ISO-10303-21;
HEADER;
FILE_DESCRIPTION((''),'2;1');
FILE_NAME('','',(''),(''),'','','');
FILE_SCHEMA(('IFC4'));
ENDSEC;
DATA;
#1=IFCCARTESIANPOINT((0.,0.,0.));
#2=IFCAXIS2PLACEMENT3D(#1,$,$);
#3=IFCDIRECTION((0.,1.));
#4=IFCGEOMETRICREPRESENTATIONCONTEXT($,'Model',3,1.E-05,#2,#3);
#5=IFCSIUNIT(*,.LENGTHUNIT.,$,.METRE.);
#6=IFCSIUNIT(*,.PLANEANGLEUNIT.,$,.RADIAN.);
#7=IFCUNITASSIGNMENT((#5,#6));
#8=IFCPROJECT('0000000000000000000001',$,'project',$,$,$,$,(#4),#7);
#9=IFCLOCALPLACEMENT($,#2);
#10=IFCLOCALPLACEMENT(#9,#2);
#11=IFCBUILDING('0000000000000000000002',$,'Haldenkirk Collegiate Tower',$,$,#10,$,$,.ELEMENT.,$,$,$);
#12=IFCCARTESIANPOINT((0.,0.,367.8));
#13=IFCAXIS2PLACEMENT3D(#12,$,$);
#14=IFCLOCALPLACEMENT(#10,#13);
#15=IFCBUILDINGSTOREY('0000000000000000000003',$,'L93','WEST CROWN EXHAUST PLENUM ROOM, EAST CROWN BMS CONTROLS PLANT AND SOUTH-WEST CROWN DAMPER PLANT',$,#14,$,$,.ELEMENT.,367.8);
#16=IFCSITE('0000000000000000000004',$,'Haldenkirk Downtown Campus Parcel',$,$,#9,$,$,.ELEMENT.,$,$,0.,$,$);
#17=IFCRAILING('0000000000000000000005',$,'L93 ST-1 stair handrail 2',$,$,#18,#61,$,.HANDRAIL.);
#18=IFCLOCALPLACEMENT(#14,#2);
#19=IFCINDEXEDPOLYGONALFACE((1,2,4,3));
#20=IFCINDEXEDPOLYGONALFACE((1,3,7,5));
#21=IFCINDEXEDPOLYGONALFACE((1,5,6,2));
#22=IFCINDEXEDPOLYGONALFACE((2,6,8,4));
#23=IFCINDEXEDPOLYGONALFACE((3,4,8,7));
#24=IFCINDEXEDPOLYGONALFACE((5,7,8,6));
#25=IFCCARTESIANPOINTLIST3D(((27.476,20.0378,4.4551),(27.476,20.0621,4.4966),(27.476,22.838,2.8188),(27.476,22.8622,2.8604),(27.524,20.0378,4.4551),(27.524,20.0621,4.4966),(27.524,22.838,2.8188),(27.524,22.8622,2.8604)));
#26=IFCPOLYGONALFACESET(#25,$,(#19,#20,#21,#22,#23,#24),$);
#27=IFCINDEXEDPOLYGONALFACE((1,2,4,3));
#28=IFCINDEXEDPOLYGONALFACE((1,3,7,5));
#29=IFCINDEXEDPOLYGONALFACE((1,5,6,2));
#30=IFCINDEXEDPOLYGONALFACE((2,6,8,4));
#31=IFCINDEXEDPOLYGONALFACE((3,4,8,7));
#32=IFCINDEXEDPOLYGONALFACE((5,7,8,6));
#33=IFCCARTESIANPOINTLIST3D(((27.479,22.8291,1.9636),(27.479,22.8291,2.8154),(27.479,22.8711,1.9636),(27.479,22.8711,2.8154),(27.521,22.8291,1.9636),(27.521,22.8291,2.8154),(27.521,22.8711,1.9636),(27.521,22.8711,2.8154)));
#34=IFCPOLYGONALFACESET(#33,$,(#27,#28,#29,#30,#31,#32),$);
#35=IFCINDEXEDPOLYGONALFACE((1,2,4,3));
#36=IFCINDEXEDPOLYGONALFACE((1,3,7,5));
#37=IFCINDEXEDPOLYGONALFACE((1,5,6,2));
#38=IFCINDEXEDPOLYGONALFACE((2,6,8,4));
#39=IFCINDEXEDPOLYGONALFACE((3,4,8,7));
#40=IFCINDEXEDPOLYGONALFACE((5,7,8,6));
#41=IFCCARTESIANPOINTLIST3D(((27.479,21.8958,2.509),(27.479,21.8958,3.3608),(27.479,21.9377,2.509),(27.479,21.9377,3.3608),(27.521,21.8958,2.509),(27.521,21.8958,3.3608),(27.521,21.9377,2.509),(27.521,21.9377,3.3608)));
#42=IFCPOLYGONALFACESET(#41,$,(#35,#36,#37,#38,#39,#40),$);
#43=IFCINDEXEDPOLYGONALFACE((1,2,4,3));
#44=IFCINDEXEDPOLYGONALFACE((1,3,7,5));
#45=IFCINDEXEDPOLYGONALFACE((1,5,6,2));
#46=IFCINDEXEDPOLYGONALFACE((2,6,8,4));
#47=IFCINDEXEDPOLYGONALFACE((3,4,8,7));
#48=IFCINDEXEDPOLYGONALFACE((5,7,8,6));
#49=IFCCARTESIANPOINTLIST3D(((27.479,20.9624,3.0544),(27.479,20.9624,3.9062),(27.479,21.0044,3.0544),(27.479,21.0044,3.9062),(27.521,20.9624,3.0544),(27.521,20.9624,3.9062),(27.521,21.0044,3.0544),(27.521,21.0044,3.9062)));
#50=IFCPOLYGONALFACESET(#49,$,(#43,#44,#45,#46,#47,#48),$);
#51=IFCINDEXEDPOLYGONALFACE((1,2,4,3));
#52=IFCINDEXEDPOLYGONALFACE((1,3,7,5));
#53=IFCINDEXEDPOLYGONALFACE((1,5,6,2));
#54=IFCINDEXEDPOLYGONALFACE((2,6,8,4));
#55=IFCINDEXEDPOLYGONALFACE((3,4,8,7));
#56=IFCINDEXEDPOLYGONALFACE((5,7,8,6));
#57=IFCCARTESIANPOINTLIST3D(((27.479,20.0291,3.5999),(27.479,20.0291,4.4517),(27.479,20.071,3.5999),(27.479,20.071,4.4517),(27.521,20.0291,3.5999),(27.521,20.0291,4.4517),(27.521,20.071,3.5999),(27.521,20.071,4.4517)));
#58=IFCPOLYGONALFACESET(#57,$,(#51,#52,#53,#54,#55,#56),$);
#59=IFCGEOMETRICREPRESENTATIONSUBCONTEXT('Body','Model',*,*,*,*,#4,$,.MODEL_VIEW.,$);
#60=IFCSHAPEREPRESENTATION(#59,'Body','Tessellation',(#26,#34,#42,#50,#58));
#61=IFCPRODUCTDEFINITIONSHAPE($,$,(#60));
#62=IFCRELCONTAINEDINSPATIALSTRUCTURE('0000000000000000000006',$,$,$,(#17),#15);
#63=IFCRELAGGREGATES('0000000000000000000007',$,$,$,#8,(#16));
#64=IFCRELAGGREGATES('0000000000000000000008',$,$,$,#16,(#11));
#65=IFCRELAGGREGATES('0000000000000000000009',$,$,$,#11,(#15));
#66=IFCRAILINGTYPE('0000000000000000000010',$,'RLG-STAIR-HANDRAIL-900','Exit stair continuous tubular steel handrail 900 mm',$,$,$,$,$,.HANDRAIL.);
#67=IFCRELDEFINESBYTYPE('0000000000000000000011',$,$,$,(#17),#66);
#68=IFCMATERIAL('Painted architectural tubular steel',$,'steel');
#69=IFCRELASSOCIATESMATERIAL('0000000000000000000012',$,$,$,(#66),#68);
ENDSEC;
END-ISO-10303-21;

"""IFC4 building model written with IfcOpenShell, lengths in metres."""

from ifc_helpers import new_model, si_unit, direction, frame, origin, origin_2d, place, context, subcontext, project, spatial, rectangle, extrude, material, type_object, element, save


model = new_model("IFC4")

# Units and contexts
model_context = context("Model", 3, precision=1e-05, world=origin(), true_north=direction((0.0, 1.0)))
body_context = subcontext(model_context, "Body", "Model", "MODEL_VIEW")
ifc_project = project(units=[si_unit("LENGTHUNIT", "METRE"), si_unit("PLANEANGLEUNIT", "RADIAN")], contexts=[model_context])

# Site, building, storey
site_placement = place(None, origin())
site = spatial("IfcSite", under=ifc_project, at=site_placement, Name="Haldenkirk Downtown Campus Parcel", CompositionType="ELEMENT", RefElevation=0.0)
building_placement = place(site_placement, origin())
building = spatial("IfcBuilding", under=site, at=building_placement, Name="Haldenkirk Collegiate Tower", CompositionType="ELEMENT")
storey_placement = place(building_placement, frame((0.0, 0.0, 367.8)))
storey = spatial("IfcBuildingStorey", under=building, at=storey_placement, Name="L93", Description="WEST CROWN EXHAUST PLENUM ROOM, EAST CROWN BMS CONTROLS PLANT AND SOUTH-WEST CROWN DAMPER PLANT", CompositionType="ELEMENT", Elevation=367.8)

# Railing
ifc_material_1 = material(Name="Painted architectural tubular steel", Category="steel")
railing_type_1 = type_object("IfcRailingType", Name="RLG-STAIR-HANDRAIL-900", Description="Exit stair continuous tubular steel handrail 900 mm", PredefinedType="HANDRAIL", material=ifc_material_1)
railing_1_placement = place(storey_placement, frame((27.5, 22.8501, 1.9636)))
element("IfcRailing", 1, at=railing_1_placement, inside=storey, type_object=railing_type_1, Name="L93 ST-1 stair handrail 2", PredefinedType="HANDRAIL", context=body_context, shape_type="SweptSolid", body=[
    extrude(rectangle(XDim=0.0481, YDim=0.0481, at=origin_2d()), frame((0.0, 0.0, 0.876), z_axis=(0.0, -0.863394, 0.504531), x_axis=(1.0, 0.0, 0.0)), (0.0, 0.0, 1.0), 3.2432),
    extrude(rectangle(XDim=0.042, YDim=0.042, at=origin_2d()), origin(), (0.0, 0.0, 1.0), 0.8518),
    extrude(rectangle(XDim=0.042, YDim=0.042, at=origin_2d()), frame((0.0, -0.9333, 0.5454)), (0.0, 0.0, 1.0), 0.8518),
    extrude(rectangle(XDim=0.042, YDim=0.042, at=origin_2d()), frame((0.0, -1.8667, 1.0908)), (0.0, 0.0, 1.0), 0.8518),
    extrude(rectangle(XDim=0.042, YDim=0.042, at=origin_2d()), frame((0.0, -2.8, 1.6362)), (0.0, 0.0, 1.0), 0.8518),
])

save(model, "model.ifc")
